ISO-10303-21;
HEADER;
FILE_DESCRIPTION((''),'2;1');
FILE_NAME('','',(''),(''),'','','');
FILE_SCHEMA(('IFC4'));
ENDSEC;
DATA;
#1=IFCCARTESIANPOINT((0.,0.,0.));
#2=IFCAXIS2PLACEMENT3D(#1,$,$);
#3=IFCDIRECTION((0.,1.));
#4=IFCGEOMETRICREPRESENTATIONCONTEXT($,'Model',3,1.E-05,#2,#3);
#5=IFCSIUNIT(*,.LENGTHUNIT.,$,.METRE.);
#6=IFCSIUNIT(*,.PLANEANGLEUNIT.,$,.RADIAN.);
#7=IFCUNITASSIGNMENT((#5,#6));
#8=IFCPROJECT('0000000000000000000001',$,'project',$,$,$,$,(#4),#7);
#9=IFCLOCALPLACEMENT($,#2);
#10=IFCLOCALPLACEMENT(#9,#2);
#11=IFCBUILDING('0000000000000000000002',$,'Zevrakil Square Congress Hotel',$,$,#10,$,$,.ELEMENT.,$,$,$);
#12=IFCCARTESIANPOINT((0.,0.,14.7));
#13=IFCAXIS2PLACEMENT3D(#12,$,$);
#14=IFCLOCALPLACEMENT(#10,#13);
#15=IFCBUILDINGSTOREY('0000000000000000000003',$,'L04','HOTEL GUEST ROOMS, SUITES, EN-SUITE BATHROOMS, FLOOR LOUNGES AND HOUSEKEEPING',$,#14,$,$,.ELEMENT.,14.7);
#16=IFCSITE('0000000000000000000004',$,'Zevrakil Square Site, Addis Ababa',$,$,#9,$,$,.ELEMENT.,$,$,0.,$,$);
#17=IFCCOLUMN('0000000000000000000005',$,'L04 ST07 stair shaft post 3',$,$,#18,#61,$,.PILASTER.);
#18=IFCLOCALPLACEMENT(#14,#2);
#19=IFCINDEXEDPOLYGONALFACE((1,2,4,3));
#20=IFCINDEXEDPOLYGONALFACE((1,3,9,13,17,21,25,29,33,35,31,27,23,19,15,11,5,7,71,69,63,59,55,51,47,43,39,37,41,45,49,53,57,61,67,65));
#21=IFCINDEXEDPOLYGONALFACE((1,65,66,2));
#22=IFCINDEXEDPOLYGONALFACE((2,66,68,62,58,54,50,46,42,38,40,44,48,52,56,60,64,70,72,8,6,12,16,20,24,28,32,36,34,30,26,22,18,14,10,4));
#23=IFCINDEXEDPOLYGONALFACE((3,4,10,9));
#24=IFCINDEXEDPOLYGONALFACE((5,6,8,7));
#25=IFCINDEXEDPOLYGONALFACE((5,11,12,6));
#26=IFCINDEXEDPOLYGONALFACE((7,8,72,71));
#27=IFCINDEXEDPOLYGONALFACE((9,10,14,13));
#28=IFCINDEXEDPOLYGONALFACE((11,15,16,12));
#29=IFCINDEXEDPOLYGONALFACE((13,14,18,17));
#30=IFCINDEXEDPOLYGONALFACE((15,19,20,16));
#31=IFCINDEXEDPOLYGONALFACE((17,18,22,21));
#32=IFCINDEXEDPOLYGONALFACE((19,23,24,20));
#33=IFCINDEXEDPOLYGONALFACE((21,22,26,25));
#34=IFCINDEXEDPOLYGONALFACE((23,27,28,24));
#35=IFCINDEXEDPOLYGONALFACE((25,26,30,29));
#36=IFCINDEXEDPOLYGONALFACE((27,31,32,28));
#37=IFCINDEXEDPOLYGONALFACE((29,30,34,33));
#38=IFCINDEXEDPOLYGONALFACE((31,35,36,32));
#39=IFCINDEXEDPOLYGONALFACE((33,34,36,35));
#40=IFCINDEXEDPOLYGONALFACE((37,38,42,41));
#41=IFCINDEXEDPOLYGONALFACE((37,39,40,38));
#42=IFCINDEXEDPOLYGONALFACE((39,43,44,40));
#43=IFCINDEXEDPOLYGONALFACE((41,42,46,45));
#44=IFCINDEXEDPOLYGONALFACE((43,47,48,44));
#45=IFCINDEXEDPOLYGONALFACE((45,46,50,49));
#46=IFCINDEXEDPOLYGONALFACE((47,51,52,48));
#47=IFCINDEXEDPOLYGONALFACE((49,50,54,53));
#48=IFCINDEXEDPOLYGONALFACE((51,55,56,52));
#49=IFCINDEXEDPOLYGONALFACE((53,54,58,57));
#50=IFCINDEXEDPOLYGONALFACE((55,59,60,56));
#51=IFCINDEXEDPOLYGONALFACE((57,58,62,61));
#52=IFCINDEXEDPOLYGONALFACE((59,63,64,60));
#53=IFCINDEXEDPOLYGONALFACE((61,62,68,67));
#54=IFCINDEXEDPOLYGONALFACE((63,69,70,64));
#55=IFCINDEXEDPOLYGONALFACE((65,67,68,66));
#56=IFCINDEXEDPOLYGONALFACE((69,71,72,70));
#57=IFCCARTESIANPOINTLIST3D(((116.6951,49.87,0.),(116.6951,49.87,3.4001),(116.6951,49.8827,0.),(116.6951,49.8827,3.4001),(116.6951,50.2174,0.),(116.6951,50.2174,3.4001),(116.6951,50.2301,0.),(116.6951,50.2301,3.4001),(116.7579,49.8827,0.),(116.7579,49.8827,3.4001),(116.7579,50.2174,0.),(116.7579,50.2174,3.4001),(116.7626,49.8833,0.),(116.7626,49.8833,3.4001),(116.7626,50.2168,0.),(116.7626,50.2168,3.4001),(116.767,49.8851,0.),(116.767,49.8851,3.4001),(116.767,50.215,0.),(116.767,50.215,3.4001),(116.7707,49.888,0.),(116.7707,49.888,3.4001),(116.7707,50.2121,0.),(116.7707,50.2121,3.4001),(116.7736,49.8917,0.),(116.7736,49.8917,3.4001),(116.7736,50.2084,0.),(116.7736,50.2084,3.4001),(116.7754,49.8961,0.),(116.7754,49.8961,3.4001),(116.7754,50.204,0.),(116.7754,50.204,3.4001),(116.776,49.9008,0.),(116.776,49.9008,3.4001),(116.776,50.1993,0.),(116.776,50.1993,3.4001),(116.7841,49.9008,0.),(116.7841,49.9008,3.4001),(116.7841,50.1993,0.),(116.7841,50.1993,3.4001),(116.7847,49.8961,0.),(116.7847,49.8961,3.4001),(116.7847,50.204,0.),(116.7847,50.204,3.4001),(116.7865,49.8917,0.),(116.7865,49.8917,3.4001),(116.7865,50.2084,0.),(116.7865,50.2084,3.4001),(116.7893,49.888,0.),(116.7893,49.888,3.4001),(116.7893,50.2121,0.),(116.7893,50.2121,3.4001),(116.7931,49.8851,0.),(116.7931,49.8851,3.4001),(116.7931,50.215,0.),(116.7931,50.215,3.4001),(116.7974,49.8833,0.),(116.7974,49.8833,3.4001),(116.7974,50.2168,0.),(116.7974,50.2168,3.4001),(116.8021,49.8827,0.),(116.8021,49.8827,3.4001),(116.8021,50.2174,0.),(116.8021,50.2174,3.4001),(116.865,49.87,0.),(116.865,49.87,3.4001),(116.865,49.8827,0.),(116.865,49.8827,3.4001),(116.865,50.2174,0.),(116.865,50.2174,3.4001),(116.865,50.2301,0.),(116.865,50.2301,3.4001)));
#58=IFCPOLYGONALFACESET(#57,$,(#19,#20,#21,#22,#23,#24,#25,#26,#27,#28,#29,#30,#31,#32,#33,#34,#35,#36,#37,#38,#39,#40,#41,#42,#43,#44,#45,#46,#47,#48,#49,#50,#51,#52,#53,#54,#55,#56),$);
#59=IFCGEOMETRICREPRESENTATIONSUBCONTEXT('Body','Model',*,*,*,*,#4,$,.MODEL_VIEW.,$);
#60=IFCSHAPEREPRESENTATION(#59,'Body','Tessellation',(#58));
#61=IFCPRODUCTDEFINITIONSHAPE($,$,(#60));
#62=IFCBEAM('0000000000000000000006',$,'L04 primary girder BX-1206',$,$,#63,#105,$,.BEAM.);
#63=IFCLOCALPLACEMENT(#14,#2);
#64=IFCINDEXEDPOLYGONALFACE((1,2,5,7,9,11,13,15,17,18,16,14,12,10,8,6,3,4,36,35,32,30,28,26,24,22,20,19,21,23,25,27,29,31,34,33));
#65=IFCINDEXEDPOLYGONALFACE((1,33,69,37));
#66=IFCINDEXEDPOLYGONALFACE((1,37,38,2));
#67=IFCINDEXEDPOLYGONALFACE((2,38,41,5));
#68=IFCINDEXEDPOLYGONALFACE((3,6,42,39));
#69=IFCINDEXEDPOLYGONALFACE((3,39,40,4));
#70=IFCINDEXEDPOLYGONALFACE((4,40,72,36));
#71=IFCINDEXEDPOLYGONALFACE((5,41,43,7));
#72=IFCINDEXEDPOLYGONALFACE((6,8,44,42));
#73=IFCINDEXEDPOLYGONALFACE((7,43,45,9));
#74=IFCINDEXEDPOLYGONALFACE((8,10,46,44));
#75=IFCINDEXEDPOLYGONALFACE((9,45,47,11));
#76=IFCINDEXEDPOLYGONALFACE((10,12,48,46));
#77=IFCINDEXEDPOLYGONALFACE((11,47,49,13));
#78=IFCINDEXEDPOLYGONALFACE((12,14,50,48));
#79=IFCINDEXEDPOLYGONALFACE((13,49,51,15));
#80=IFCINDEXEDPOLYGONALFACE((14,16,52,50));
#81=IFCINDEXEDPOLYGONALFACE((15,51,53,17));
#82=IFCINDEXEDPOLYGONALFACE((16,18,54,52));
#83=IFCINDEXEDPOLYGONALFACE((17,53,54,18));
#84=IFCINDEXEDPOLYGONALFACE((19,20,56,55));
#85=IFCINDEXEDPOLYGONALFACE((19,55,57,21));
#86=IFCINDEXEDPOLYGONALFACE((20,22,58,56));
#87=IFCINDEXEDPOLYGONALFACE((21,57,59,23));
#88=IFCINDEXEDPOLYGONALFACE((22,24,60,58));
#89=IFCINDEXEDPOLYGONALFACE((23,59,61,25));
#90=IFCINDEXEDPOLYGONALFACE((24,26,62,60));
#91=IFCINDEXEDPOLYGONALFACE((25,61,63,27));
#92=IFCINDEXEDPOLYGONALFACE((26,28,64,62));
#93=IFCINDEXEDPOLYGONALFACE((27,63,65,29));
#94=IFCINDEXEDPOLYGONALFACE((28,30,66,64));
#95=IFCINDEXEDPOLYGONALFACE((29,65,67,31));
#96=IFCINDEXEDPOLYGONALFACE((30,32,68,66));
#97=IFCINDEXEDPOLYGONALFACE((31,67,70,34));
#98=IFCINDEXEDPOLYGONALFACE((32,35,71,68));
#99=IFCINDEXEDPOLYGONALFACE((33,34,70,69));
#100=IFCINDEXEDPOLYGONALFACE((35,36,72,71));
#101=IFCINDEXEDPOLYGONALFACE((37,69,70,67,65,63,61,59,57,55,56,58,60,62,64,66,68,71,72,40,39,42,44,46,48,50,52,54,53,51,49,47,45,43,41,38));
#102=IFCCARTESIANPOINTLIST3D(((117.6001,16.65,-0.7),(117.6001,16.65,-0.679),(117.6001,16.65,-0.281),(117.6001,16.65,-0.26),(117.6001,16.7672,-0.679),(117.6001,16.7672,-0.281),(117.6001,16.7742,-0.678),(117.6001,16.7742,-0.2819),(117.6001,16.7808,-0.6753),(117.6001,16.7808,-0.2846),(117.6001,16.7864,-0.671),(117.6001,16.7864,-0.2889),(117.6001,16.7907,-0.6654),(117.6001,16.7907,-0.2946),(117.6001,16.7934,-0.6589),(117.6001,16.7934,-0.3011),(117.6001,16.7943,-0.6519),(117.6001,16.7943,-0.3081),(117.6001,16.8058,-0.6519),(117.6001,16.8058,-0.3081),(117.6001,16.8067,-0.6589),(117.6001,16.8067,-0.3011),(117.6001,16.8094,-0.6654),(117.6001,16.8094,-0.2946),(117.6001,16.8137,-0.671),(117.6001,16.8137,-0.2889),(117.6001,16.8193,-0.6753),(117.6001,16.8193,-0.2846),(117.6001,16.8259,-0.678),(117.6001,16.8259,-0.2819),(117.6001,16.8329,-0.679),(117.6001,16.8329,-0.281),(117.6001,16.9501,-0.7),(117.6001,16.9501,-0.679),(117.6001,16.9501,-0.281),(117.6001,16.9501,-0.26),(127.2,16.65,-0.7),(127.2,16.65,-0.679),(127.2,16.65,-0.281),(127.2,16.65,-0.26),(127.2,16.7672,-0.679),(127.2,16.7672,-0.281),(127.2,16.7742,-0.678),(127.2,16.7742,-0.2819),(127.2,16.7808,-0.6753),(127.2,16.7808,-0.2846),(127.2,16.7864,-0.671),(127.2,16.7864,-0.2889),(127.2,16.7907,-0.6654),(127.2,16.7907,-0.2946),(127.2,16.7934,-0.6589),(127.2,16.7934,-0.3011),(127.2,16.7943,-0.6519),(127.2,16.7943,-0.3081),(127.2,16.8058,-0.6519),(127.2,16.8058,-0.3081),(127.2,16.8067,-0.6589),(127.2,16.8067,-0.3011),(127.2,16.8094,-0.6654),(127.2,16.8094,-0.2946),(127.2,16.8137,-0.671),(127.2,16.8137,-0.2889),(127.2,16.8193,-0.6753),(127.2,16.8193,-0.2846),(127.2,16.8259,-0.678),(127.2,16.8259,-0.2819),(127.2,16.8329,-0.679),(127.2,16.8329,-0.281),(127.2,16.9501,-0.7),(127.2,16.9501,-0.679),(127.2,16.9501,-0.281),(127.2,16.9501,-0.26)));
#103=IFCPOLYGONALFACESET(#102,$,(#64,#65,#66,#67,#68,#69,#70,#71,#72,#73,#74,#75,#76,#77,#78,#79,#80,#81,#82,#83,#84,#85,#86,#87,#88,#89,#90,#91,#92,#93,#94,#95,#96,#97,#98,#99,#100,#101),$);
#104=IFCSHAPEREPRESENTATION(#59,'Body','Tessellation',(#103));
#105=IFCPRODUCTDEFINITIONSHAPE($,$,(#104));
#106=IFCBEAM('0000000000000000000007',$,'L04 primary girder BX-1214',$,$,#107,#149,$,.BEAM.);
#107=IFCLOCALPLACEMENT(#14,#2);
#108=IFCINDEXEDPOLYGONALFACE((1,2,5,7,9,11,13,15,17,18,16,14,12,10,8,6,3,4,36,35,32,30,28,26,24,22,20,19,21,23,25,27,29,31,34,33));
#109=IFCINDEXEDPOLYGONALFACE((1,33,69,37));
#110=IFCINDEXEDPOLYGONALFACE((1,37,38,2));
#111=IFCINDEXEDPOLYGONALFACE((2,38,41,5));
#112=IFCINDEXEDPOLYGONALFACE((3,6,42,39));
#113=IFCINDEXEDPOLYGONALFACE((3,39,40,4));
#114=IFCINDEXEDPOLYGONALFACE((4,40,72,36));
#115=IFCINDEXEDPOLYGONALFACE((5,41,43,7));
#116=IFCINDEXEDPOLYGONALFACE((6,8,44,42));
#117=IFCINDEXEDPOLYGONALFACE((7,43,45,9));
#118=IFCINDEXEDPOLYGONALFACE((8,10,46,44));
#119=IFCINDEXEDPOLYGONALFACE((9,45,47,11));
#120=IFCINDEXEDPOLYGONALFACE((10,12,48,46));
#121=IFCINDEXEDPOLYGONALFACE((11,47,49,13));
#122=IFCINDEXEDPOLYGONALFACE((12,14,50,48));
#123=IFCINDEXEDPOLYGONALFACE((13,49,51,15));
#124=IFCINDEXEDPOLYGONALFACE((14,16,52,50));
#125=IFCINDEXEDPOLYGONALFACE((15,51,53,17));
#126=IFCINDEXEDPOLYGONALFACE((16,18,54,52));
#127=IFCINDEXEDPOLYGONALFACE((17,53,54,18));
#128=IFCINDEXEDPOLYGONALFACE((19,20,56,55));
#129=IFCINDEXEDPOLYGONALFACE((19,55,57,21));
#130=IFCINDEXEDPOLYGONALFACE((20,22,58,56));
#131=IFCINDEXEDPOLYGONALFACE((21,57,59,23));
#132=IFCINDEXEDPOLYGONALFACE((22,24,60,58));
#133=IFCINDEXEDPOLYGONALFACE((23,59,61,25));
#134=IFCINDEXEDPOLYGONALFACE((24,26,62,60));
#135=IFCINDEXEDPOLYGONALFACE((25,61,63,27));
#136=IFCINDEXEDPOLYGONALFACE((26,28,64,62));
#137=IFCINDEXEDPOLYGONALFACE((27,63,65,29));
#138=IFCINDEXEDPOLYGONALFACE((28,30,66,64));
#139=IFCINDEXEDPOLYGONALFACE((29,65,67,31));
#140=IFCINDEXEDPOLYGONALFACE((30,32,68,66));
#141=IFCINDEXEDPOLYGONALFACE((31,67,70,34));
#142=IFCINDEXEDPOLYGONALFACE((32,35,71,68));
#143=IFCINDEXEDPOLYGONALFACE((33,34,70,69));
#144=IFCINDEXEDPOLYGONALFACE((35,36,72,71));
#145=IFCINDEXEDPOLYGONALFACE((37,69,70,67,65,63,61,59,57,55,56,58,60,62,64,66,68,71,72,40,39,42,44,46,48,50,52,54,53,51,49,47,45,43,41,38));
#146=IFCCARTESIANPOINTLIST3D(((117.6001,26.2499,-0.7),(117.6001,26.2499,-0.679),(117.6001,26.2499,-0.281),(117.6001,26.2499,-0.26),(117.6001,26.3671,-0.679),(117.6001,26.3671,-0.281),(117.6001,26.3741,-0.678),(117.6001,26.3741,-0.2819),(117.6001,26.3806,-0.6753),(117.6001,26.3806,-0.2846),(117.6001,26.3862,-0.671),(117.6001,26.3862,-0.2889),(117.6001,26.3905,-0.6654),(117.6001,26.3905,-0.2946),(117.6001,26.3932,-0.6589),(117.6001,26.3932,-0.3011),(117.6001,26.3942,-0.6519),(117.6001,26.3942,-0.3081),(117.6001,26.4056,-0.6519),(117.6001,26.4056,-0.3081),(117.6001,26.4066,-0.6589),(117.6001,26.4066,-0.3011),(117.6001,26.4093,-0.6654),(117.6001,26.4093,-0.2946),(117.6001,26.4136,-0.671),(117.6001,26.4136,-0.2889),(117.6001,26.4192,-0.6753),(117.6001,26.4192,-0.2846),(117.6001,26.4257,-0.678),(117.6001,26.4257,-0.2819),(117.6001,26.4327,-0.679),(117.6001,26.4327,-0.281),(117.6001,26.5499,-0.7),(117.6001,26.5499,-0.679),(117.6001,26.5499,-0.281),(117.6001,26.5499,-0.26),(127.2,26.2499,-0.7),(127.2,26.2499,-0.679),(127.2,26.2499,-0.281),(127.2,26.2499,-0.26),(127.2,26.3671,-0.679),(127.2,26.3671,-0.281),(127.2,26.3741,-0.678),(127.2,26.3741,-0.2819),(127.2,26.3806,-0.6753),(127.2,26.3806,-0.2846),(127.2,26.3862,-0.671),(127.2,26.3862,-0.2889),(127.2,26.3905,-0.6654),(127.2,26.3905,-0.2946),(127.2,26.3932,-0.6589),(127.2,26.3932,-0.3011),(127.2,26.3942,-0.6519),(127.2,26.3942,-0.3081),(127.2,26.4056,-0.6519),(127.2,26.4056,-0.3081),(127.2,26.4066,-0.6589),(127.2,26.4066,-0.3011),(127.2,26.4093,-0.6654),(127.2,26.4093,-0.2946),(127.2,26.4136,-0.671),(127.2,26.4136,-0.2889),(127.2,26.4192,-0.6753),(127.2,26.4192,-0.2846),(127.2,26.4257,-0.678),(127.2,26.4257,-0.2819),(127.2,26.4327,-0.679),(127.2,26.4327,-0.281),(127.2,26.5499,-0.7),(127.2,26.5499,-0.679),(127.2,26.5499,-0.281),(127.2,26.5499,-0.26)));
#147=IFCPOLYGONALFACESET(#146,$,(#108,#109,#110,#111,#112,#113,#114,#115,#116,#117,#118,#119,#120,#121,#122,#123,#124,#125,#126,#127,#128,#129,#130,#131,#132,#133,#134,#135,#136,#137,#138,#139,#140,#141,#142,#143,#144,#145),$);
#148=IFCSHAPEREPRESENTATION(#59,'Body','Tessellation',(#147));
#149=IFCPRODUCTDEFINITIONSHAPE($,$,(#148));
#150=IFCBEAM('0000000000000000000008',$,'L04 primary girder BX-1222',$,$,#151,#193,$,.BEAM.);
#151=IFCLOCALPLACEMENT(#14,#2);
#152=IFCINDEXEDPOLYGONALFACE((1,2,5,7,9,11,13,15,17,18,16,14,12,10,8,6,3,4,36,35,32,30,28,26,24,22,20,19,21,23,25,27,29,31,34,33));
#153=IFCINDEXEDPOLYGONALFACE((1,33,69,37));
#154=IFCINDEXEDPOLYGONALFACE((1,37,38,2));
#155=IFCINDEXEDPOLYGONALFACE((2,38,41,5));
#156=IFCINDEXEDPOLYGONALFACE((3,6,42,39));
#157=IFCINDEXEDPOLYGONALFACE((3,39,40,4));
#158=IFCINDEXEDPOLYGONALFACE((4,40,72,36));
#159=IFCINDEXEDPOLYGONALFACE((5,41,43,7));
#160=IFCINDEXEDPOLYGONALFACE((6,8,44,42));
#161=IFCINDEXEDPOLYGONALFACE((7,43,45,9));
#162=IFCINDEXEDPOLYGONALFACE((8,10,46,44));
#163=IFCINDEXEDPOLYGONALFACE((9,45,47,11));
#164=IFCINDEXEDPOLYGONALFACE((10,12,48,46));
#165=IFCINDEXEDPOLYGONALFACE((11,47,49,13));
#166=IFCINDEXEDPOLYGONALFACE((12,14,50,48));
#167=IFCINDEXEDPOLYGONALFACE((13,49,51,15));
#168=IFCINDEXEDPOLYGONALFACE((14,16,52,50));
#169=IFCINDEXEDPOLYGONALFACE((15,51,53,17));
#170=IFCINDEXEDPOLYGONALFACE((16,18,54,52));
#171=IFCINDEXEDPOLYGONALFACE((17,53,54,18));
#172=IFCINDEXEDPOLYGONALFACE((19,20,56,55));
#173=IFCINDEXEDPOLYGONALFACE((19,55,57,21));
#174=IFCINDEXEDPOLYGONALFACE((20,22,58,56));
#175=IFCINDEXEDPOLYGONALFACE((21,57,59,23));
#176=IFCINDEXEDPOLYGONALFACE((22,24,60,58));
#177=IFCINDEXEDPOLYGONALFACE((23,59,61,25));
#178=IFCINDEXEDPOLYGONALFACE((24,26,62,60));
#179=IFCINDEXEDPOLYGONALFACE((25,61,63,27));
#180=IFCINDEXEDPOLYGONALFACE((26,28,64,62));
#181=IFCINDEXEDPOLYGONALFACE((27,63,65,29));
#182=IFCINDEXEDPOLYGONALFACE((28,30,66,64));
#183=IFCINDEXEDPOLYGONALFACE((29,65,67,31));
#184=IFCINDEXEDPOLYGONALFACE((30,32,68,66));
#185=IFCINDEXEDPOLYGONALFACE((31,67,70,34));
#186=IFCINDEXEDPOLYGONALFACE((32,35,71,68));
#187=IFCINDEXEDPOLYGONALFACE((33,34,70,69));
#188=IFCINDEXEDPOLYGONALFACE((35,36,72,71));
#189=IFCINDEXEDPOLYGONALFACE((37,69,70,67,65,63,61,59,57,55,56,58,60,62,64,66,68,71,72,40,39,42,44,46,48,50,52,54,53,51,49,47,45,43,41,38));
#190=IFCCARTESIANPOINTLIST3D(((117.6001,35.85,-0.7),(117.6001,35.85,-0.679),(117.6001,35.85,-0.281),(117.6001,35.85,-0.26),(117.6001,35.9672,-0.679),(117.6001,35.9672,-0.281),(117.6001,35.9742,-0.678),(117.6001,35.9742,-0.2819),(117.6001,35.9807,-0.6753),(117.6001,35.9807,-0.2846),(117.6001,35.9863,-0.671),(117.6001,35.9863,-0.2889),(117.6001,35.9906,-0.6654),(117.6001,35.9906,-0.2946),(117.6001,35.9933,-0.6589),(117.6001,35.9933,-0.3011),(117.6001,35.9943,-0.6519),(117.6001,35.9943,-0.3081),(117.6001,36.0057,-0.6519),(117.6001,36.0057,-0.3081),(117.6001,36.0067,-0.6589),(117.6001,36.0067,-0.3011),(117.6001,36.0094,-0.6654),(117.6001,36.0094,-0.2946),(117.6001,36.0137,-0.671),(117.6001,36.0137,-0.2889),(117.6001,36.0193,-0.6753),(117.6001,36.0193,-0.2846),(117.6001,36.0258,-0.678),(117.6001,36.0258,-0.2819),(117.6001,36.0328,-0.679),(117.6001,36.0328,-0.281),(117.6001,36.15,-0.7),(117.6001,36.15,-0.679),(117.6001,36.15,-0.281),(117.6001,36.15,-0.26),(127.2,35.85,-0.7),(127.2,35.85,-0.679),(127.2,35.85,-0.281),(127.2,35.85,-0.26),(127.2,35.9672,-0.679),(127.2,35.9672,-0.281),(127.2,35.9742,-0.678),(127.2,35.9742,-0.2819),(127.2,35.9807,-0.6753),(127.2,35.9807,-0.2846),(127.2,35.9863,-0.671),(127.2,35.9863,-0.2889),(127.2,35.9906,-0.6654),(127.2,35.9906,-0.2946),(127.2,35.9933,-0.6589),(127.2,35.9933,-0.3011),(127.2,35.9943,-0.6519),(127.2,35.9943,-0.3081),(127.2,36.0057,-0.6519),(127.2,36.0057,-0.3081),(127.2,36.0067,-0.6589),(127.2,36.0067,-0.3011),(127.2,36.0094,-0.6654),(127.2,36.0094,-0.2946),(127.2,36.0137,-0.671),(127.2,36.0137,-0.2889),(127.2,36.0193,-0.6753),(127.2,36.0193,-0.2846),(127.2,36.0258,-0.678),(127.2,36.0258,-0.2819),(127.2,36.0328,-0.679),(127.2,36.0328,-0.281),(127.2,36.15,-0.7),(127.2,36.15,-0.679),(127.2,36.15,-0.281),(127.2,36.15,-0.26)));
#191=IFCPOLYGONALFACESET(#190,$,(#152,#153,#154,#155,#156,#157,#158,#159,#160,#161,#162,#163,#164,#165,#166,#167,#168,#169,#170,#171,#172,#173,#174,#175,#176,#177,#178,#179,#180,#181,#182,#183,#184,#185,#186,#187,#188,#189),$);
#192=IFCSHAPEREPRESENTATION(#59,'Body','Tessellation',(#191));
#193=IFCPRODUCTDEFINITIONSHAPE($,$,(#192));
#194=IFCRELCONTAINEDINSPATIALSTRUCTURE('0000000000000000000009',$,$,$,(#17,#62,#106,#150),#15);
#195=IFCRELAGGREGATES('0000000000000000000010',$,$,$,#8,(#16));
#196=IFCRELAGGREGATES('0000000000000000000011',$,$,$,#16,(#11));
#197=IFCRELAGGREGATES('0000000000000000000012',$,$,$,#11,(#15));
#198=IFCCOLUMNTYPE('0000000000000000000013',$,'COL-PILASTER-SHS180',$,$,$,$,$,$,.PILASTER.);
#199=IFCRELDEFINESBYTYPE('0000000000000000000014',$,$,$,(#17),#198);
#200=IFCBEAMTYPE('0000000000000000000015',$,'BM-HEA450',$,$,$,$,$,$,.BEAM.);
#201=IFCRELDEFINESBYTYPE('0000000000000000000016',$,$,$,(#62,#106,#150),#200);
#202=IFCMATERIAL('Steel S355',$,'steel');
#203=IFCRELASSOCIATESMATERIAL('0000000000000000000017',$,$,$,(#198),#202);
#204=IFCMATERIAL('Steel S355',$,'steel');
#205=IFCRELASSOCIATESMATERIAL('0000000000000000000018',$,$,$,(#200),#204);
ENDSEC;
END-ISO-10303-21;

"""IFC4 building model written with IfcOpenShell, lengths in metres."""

from ifc_helpers import new_model, si_unit, direction, frame, origin, origin_2d, place, context, subcontext, project, spatial, i_section, extrude, material, material_profile, profile_set, type_object, element, save


model = new_model("IFC4")

# Units and contexts
model_context = context("Model", 3, precision=1e-05, world=origin(), true_north=direction((0.0, 1.0)))
body_context = subcontext(model_context, "Body", "Model", "MODEL_VIEW")
ifc_project = project(units=[si_unit("LENGTHUNIT", "METRE"), si_unit("PLANEANGLEUNIT", "RADIAN")], contexts=[model_context])

# Site, building, storey
site_placement = place(None, origin())
site = spatial("IfcSite", under=ifc_project, at=site_placement, Name="Zevrakil Square Site, Addis Ababa", CompositionType="ELEMENT", RefElevation=0.0)
building_placement = place(site_placement, origin())
building = spatial("IfcBuilding", under=site, at=building_placement, Name="Zevrakil Square Congress Hotel", CompositionType="ELEMENT")
storey_placement = place(building_placement, frame((0.0, 0.0, 14.7)))
storey = spatial("IfcBuildingStorey", under=building, at=storey_placement, Name="L04", Description="HOTEL GUEST ROOMS, SUITES, EN-SUITE BATHROOMS, FLOOR LOUNGES AND HOUSEKEEPING", CompositionType="ELEMENT", Elevation=14.7)

# Column
ifc_material_1 = material(Name="Steel S355", Category="steel")
ifc_material_profile_1 = material_profile(ifc_material_1, i_section(OverallWidth=0.1699, OverallDepth=0.3601, WebThickness=0.0081, FlangeThickness=0.0127, FilletRadius=0.0181, at=origin_2d()), Name="IPE 360")
ifc_profile_set_1 = profile_set([ifc_material_profile_1], Name="Steel S355")
column_type_1 = type_object("IfcColumnType", Name="COL-PILASTER-SHS180", PredefinedType="PILASTER", material=ifc_profile_set_1)
column_1_placement = place(storey_placement, frame((116.78, 50.05, 0.0), z_axis=(0.0, 0.0, 1.0), x_axis=(1.0, 0.0, 0.0)))
element("IfcColumn", 1, at=column_1_placement, inside=storey, type_object=column_type_1, Name="L04 ST07 stair shaft post 3", PredefinedType="PILASTER", context=body_context, shape_type="SweptSolid", body=[
    extrude(i_section(OverallWidth=0.1699, OverallDepth=0.3601, WebThickness=0.0081, FlangeThickness=0.0127, FilletRadius=0.0181, at=origin_2d()), origin(), (0.0, 0.0, 1.0), 3.4001),
])

# Beams
ifc_material_2 = material(Name="Steel S355", Category="steel")
ifc_material_profile_2 = material_profile(ifc_material_2, i_section(OverallWidth=0.3, OverallDepth=0.4399, WebThickness=0.0115, FlangeThickness=0.021, FilletRadius=0.0271, at=origin_2d()), Name="HEA 450")
ifc_profile_set_2 = profile_set([ifc_material_profile_2], Name="Steel S355")
beam_type_1 = type_object("IfcBeamType", Name="BM-HEA450", PredefinedType="BEAM", material=ifc_profile_set_2)
for number, where, z_axis, x_axis, name in (
    (2, (117.6001, 16.8, -0.48), (1.0, 0.0, 0.0), (0.0, 1.0, 0.0), "L04 primary girder BX-1206"),
    (3, (117.6001, 26.3999, -0.48), (1.0, 0.0, 0.0), (0.0, 1.0, 0.0), "L04 primary girder BX-1214"),
    (4, (117.6001, 36.0, -0.48), (1.0, 0.0, 0.0), (0.0, 1.0, 0.0), "L04 primary girder BX-1222"),
):
    element("IfcBeam", number, at=place(storey_placement, frame(where, z_axis=z_axis, x_axis=x_axis)), inside=storey, type_object=beam_type_1, Name=name, PredefinedType="BEAM", context=body_context, shape_type="SweptSolid", body=[
        extrude(i_section(OverallWidth=0.3, OverallDepth=0.4399, WebThickness=0.0115, FlangeThickness=0.021, FilletRadius=0.0271, at=origin_2d()), origin(), (0.0, 0.0, 1.0), 9.5999),
    ])

save(model, "model.ifc")
